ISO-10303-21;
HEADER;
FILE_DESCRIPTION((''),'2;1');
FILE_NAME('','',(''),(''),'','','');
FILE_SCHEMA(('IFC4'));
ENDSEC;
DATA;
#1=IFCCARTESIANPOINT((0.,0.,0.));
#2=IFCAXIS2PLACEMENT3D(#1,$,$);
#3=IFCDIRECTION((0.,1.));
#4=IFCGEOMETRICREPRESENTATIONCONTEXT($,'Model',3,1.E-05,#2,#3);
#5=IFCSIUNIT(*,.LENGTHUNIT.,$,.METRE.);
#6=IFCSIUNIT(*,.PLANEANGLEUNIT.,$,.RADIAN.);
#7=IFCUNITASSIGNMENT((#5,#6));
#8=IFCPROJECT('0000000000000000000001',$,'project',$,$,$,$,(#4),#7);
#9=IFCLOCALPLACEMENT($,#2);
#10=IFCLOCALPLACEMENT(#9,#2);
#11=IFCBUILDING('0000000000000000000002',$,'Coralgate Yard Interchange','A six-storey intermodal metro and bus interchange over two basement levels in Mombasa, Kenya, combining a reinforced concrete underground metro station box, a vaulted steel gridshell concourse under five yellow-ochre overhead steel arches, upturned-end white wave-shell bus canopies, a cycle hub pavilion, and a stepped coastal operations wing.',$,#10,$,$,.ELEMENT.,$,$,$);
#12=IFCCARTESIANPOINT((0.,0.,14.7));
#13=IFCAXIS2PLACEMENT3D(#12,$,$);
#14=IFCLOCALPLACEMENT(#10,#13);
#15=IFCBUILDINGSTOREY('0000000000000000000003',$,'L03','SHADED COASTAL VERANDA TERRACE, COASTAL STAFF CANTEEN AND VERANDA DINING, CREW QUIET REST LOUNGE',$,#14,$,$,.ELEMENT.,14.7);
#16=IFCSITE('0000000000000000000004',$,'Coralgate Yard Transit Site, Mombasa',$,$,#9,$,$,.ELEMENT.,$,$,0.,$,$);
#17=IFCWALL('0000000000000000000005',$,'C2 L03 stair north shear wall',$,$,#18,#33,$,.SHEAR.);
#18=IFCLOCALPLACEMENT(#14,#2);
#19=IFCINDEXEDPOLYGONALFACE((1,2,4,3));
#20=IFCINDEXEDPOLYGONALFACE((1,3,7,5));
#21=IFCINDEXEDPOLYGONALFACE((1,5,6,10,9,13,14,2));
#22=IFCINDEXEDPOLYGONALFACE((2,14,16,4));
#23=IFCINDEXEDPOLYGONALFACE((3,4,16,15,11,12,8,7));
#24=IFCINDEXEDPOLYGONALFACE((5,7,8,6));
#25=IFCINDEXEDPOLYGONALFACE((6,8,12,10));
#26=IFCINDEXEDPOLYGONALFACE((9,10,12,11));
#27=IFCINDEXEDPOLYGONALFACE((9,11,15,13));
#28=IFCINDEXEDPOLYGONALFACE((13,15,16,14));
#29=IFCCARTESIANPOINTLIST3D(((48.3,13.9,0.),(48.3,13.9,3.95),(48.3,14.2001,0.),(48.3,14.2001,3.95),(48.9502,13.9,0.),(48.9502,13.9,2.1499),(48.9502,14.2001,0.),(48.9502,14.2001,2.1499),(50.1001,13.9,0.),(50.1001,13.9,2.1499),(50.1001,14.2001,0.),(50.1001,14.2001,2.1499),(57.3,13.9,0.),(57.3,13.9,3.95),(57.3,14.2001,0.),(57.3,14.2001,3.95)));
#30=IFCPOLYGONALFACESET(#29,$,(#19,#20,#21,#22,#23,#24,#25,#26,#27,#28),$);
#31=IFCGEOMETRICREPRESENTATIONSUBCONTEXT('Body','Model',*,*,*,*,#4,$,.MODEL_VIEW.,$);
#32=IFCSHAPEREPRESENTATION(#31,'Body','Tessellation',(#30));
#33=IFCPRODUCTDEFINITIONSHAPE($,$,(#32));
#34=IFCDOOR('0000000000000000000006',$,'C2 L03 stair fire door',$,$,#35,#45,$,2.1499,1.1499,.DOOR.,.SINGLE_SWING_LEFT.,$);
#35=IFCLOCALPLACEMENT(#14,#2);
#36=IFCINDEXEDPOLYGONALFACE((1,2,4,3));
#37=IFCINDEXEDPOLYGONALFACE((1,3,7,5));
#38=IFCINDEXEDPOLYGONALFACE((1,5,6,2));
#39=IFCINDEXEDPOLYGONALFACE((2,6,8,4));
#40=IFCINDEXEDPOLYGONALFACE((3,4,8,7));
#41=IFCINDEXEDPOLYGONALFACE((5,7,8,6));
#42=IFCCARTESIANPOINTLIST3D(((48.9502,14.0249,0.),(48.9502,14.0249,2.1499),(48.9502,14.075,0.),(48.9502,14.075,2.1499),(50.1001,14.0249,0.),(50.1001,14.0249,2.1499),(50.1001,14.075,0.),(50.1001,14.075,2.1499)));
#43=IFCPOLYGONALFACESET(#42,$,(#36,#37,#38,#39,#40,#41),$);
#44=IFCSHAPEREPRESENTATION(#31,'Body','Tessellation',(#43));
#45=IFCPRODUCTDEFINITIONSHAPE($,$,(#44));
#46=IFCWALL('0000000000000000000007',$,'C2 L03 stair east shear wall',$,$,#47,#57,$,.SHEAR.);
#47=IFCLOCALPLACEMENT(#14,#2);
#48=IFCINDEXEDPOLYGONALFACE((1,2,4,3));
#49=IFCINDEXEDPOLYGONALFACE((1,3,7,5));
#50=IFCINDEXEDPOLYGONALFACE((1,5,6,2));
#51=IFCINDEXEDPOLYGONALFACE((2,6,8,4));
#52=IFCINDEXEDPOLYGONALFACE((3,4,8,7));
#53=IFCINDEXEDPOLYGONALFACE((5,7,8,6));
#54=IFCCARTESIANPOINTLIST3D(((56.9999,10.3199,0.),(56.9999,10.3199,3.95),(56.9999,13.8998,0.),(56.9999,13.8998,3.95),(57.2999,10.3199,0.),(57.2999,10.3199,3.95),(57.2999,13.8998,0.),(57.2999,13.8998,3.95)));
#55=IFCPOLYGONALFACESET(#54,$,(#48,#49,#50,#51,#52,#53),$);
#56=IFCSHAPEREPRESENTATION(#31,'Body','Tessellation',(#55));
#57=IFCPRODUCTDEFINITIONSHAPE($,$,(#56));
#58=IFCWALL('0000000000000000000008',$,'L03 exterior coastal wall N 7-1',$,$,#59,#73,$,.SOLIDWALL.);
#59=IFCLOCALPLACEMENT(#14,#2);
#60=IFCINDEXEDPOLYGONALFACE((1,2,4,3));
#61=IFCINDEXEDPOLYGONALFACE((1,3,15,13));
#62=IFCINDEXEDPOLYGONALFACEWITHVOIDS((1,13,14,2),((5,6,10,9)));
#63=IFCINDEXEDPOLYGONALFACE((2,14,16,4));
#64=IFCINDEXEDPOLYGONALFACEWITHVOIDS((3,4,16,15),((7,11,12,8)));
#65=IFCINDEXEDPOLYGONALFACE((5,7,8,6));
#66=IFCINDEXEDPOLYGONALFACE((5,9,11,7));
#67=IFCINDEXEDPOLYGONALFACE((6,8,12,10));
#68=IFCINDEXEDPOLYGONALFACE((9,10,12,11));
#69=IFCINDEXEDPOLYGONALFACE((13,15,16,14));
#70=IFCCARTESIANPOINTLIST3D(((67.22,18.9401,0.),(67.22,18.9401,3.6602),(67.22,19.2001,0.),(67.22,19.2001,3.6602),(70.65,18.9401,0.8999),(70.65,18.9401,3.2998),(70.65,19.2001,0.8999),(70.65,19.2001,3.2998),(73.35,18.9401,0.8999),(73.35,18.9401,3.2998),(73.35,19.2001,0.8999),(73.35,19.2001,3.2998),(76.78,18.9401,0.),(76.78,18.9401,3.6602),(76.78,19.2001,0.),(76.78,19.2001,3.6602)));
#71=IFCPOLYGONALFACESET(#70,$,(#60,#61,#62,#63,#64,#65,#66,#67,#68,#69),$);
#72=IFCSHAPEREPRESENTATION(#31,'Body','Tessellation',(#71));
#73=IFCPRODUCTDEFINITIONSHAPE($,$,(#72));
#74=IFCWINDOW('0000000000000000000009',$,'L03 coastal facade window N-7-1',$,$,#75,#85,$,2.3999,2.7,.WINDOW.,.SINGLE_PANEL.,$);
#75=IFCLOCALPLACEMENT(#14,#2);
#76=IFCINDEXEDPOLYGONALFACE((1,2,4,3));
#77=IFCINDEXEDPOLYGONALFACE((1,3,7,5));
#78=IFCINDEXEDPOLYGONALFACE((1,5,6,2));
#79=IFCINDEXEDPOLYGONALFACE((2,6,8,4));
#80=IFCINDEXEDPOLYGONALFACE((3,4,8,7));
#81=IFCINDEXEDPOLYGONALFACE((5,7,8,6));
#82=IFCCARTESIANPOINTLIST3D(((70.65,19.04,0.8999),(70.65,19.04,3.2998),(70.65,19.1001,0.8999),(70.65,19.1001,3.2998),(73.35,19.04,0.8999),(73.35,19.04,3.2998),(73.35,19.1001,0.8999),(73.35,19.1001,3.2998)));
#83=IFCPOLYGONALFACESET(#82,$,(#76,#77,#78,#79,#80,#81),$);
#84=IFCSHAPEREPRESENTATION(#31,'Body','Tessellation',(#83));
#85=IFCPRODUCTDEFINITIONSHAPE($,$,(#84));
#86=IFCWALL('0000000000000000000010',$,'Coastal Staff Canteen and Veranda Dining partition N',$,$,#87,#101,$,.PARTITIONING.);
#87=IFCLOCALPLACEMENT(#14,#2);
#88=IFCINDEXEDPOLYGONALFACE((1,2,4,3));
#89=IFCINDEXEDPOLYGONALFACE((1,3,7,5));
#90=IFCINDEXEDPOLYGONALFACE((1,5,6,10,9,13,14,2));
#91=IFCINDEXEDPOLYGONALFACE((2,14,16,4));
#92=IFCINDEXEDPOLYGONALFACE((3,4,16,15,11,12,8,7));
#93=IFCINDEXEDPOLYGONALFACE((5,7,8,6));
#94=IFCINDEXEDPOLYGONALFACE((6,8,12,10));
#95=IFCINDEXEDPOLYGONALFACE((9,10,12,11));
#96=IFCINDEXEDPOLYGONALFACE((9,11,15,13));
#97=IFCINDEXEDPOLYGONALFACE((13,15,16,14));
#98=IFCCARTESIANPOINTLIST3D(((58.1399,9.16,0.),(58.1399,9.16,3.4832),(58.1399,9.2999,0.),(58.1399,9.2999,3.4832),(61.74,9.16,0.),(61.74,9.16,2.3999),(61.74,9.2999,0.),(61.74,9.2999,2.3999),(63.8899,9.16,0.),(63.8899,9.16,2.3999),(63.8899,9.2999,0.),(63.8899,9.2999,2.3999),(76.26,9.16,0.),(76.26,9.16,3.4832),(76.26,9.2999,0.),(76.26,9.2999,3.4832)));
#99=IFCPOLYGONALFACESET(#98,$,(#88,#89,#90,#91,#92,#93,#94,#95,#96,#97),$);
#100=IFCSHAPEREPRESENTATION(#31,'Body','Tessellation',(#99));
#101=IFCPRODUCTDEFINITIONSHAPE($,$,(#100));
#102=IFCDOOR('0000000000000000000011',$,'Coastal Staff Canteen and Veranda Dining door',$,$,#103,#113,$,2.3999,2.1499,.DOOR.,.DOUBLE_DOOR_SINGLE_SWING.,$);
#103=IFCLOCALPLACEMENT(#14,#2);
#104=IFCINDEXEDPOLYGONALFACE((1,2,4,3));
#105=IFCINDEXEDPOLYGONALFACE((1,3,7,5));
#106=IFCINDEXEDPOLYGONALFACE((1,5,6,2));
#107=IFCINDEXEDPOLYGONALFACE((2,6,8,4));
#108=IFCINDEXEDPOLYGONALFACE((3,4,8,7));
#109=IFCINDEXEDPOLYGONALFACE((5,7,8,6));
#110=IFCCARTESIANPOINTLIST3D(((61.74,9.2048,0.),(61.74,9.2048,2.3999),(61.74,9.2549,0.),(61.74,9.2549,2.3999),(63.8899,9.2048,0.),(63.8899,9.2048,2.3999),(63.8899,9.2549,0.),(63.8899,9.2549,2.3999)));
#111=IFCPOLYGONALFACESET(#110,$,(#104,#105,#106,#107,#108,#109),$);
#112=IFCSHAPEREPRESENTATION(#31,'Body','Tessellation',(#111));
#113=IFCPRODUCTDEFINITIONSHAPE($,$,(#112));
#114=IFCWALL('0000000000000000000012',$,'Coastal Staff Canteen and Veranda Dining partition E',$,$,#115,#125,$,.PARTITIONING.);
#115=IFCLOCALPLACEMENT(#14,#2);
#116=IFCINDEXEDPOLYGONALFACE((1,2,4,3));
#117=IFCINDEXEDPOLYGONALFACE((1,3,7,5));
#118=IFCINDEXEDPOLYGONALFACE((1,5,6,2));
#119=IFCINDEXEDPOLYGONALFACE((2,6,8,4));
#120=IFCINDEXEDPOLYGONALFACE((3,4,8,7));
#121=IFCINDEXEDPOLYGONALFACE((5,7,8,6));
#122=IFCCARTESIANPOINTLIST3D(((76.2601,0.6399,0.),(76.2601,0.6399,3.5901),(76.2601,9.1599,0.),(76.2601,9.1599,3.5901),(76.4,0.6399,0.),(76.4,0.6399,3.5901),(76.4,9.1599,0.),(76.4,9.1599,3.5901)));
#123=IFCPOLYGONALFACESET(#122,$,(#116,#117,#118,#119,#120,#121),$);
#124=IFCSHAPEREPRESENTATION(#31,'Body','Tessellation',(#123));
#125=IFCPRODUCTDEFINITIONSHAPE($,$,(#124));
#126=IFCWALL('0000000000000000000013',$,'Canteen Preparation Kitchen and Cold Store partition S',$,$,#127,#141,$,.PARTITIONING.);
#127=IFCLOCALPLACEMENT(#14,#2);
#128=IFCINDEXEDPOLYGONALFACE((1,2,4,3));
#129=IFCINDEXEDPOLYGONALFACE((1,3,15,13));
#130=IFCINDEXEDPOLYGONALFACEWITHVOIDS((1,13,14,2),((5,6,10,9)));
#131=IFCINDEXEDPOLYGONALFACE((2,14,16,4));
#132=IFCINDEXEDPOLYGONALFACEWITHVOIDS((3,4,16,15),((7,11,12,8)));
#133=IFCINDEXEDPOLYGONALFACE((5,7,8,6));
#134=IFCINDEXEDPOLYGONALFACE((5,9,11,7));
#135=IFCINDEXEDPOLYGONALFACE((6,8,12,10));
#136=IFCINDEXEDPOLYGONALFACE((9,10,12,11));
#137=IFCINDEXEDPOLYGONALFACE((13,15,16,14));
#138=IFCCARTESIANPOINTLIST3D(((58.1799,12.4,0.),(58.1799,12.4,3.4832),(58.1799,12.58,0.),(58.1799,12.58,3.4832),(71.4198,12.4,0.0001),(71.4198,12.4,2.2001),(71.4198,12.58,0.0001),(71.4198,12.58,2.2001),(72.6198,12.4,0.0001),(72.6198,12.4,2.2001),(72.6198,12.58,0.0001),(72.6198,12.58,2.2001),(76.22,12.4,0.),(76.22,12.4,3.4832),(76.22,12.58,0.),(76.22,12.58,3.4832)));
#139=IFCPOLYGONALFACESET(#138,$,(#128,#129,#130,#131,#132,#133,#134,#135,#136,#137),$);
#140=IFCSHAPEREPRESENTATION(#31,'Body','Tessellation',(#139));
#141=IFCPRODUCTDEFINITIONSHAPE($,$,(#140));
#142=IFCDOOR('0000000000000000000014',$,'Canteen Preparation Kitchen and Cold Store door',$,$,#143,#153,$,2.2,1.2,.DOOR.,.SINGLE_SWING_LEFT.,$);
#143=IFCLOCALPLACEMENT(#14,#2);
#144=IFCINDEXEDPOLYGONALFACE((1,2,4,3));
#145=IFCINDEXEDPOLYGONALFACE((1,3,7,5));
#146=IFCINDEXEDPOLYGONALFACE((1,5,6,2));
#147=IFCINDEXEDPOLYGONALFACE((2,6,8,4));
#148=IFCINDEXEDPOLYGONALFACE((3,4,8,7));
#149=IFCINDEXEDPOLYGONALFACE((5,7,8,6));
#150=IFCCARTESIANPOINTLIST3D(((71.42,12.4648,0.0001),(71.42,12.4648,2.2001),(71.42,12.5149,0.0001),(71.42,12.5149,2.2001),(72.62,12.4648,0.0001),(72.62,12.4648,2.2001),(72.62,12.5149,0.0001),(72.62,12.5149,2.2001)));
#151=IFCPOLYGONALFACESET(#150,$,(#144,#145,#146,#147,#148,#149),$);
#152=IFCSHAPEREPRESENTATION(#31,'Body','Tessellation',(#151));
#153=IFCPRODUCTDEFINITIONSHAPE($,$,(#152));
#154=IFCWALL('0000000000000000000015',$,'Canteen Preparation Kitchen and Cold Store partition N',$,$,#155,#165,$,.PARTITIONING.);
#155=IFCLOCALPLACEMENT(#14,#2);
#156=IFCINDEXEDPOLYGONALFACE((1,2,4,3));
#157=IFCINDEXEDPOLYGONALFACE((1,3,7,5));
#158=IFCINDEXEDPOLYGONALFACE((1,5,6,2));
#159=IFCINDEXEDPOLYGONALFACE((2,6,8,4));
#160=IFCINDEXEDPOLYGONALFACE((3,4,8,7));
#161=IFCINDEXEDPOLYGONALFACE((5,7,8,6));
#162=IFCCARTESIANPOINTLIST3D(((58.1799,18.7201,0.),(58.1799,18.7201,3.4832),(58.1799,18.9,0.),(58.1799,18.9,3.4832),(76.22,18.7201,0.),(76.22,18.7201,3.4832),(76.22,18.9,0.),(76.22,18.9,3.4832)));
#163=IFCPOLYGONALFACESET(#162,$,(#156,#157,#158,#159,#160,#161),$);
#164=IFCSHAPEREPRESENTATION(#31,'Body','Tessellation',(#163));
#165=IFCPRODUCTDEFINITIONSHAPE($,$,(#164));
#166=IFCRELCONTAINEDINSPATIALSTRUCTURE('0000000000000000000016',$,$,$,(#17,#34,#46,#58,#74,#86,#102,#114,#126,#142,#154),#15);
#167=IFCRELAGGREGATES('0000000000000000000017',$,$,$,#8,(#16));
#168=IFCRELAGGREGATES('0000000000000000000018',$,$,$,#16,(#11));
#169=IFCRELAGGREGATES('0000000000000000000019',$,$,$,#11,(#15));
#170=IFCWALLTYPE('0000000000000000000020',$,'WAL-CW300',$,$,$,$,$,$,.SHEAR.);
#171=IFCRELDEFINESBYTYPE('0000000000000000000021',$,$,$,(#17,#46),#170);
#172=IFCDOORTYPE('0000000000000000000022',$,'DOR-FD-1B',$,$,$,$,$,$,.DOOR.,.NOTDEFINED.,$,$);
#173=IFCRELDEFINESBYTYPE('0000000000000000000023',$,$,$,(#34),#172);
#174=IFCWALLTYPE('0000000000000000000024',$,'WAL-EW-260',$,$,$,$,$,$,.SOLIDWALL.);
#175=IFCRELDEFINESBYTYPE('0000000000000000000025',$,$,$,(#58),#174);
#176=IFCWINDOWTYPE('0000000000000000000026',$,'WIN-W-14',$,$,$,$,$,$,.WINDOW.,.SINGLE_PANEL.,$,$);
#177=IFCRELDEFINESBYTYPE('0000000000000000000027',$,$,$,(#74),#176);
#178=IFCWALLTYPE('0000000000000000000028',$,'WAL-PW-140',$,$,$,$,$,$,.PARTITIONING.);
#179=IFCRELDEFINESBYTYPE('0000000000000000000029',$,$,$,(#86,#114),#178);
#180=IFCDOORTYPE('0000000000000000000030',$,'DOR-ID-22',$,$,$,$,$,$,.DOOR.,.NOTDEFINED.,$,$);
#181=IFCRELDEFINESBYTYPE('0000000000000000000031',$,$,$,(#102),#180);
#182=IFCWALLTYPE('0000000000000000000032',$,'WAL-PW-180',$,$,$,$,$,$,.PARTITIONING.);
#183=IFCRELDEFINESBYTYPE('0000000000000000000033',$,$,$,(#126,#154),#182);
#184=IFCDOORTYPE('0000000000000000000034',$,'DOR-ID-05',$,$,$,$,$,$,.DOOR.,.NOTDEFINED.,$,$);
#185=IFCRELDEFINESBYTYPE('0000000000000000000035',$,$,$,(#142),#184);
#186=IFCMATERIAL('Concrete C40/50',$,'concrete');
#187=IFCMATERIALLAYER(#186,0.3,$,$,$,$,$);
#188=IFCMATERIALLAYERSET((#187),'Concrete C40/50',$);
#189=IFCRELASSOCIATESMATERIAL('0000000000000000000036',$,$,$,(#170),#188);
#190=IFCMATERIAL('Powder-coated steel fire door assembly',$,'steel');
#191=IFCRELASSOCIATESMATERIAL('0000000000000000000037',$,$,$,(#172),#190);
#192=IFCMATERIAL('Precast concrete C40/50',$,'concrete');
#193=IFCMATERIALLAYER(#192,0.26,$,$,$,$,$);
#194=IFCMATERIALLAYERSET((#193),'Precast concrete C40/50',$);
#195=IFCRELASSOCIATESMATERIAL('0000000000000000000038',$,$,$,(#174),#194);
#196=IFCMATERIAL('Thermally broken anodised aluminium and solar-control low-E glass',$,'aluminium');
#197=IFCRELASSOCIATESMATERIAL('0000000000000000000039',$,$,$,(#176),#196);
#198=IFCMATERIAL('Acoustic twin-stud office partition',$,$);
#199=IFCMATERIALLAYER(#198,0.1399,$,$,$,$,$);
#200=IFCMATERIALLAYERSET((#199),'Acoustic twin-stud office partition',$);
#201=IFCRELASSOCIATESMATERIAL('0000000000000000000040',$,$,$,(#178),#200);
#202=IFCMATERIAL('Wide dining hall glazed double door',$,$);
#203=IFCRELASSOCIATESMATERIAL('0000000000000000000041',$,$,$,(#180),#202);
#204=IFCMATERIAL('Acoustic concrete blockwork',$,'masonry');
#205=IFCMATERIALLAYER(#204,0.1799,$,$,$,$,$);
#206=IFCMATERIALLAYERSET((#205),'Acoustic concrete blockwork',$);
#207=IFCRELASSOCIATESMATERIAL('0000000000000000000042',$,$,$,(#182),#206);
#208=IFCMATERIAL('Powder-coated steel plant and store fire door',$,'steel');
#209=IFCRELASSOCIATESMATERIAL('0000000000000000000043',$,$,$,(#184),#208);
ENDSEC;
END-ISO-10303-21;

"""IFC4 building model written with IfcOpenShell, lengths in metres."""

from ifc_helpers import new_model, si_unit, direction, frame, frame_2d, origin, place, context, subcontext, project, spatial, rectangle, extrude, material, layer, layer_set, type_object, element, fill, save


model = new_model("IFC4")

# Units and contexts
model_context = context("Model", 3, precision=1e-05, world=origin(), true_north=direction((0.0, 1.0)))
body_context = subcontext(model_context, "Body", "Model", "MODEL_VIEW")
ifc_project = project(units=[si_unit("LENGTHUNIT", "METRE"), si_unit("PLANEANGLEUNIT", "RADIAN")], contexts=[model_context])

# Site, building, storey
site_placement = place(None, origin())
site = spatial("IfcSite", under=ifc_project, at=site_placement, Name="Coralgate Yard Transit Site, Mombasa", CompositionType="ELEMENT", RefElevation=0.0)
building_placement = place(site_placement, origin())
building = spatial("IfcBuilding", under=site, at=building_placement, Name="Coralgate Yard Interchange", Description="A six-storey intermodal metro and bus interchange over two basement levels in Mombasa, Kenya, combining a reinforced concrete underground metro station box, a vaulted steel gridshell concourse under five yellow-ochre overhead steel arches, upturned-end white wave-shell bus canopies, a cycle hub pavilion, and a stepped coastal operations wing.", CompositionType="ELEMENT")
storey_placement = place(building_placement, frame((0.0, 0.0, 14.7)))
storey = spatial("IfcBuildingStorey", under=building, at=storey_placement, Name="L03", Description="SHADED COASTAL VERANDA TERRACE, COASTAL STAFF CANTEEN AND VERANDA DINING, CREW QUIET REST LOUNGE", CompositionType="ELEMENT", Elevation=14.7)

# Wall, opening, door
ifc_material_1 = material(Name="Concrete C40/50", Category="concrete")
ifc_layer_1 = layer(ifc_material_1, 0.3)
ifc_layer_set_1 = layer_set([ifc_layer_1], Name="Concrete C40/50")
wall_type_1 = type_object("IfcWallType", Name="WAL-CW300", PredefinedType="SHEAR", material=ifc_layer_set_1)
wall_1_placement = place(storey_placement, frame((57.3, 14.05, 0.0), z_axis=(0.0, 0.0, 1.0), x_axis=(-1.0, 0.0, 0.0)))
wall_1 = element("IfcWall", 1, at=wall_1_placement, inside=storey, type_object=wall_type_1, Name="C2 L03 stair north shear wall", PredefinedType="SHEAR", context=body_context, shape_type="SweptSolid", body=[
    extrude(rectangle(XDim=9.0, YDim=0.3, at=frame_2d((4.5, 0.0))), origin(), (0.0, 0.0, 1.0), 3.95),
])
opening_1_placement = place(wall_1_placement, frame((7.2, 0.0, 0.0)))
opening_1 = element("IfcOpeningElement", 2, at=opening_1_placement, cuts=wall_1, PredefinedType="OPENING", context=body_context, shape_type="SweptSolid", body=[
    extrude(rectangle(XDim=1.1499, YDim=2.1499, at=frame_2d((0.575, 1.075))), frame((0.0, 0.1599, 0.0), z_axis=(0.0, -1.0, 0.0), x_axis=(1.0, 0.0, 0.0)), (0.0, 0.0, 1.0), 0.3201),
])
ifc_material_2 = material(Name="Powder-coated steel fire door assembly", Category="steel")
door_type_1 = type_object("IfcDoorType", Name="DOR-FD-1B", OperationType="NOTDEFINED", PredefinedType="DOOR", material=ifc_material_2)
door_1_placement = place(opening_1_placement, frame((1.1499, 0.0, 0.0), z_axis=(0.0, 0.0, 1.0), x_axis=(-1.0, 0.0, 0.0)))
door_1 = element("IfcDoor", 3, at=door_1_placement, inside=storey, type_object=door_type_1, Name="C2 L03 stair fire door", OperationType="SINGLE_SWING_LEFT", OverallHeight=2.1499, OverallWidth=1.1499, PredefinedType="DOOR", context=body_context, shape_type="SweptSolid", body=[
    extrude(rectangle(XDim=1.1499, YDim=2.1499, at=frame_2d((0.575, 1.075))), frame((0.0, 0.0249, 0.0), z_axis=(0.0, -1.0, 0.0), x_axis=(1.0, 0.0, 0.0)), (0.0, 0.0, 1.0), 0.05),
])
fill(opening_1, door_1)

# Wall
wall_2_placement = place(storey_placement, frame((57.1499, 13.8999, 0.0), z_axis=(0.0, 0.0, 1.0), x_axis=(0.0, -1.0, 0.0)))
element("IfcWall", 4, at=wall_2_placement, inside=storey, type_object=wall_type_1, Name="C2 L03 stair east shear wall", PredefinedType="SHEAR", context=body_context, shape_type="SweptSolid", body=[
    extrude(rectangle(XDim=3.5798, YDim=0.3, at=frame_2d((1.79, 0.0))), origin(), (0.0, 0.0, 1.0), 3.95),
])

# Wall, opening, window
ifc_material_3 = material(Name="Precast concrete C40/50", Category="concrete")
ifc_layer_2 = layer(ifc_material_3, 0.26)
ifc_layer_set_2 = layer_set([ifc_layer_2], Name="Precast concrete C40/50")
wall_type_2 = type_object("IfcWallType", Name="WAL-EW-260", PredefinedType="SOLIDWALL", material=ifc_layer_set_2)
wall_3_placement = place(storey_placement, frame((67.22, 19.0701, 0.0), z_axis=(0.0, 0.0, 1.0), x_axis=(1.0, 0.0, 0.0)))
wall_3 = element("IfcWall", 5, at=wall_3_placement, inside=storey, type_object=wall_type_2, Name="L03 exterior coastal wall N 7-1", PredefinedType="SOLIDWALL", context=body_context, shape_type="SweptSolid", body=[
    extrude(rectangle(XDim=9.5601, YDim=0.26, at=frame_2d((4.78, 0.0))), origin(), (0.0, 0.0, 1.0), 3.6602),
])
opening_2_placement = place(wall_3_placement, frame((3.4299, 0.0, 0.8999)))
opening_2 = element("IfcOpeningElement", 6, at=opening_2_placement, cuts=wall_3, PredefinedType="OPENING", context=body_context, shape_type="SweptSolid", body=[
    extrude(rectangle(XDim=2.7, YDim=2.3999, at=frame_2d((1.3501, 1.2))), frame((0.0, 0.1399, 0.0), z_axis=(0.0, -1.0, 0.0), x_axis=(1.0, 0.0, 0.0)), (0.0, 0.0, 1.0), 0.28),
])
ifc_material_4 = material(Name="Thermally broken anodised aluminium and solar-control low-E glass", Category="aluminium")
window_type = type_object("IfcWindowType", Name="WIN-W-14", PartitioningType="SINGLE_PANEL", PredefinedType="WINDOW", material=ifc_material_4)
window_placement = place(opening_2_placement, origin())
window = element("IfcWindow", 7, at=window_placement, inside=storey, type_object=window_type, Name="L03 coastal facade window N-7-1", OverallHeight=2.3999, OverallWidth=2.7, PartitioningType="SINGLE_PANEL", PredefinedType="WINDOW", context=body_context, shape_type="SweptSolid", body=[
    extrude(rectangle(XDim=2.7, YDim=2.3999, at=frame_2d((1.3501, 1.2))), frame((0.0, 0.03, 0.0), z_axis=(0.0, -1.0, 0.0), x_axis=(1.0, 0.0, 0.0)), (0.0, 0.0, 1.0), 0.0601),
])
fill(opening_2, window)

# Wall, opening, door
ifc_material_5 = material(Name="Acoustic twin-stud office partition")
ifc_layer_3 = layer(ifc_material_5, 0.1399)
ifc_layer_set_3 = layer_set([ifc_layer_3], Name="Acoustic twin-stud office partition")
wall_type_3 = type_object("IfcWallType", Name="WAL-PW-140", PredefinedType="PARTITIONING", material=ifc_layer_set_3)
wall_4_placement = place(storey_placement, frame((58.1399, 9.23, 0.0), z_axis=(0.0, 0.0, 1.0), x_axis=(1.0, 0.0, 0.0)))
wall_4 = element("IfcWall", 8, at=wall_4_placement, inside=storey, type_object=wall_type_3, Name="Coastal Staff Canteen and Veranda Dining partition N", PredefinedType="PARTITIONING", context=body_context, shape_type="SweptSolid", body=[
    extrude(rectangle(XDim=18.1201, YDim=0.1399, at=frame_2d((9.0601, 0.0))), origin(), (0.0, 0.0, 1.0), 3.4832),
])
opening_3_placement = place(wall_4_placement, frame((3.6001, 0.0, 0.0)))
opening_3 = element("IfcOpeningElement", 9, at=opening_3_placement, cuts=wall_4, PredefinedType="OPENING", context=body_context, shape_type="SweptSolid", body=[
    extrude(rectangle(XDim=2.1499, YDim=2.3999, at=frame_2d((1.075, 1.2))), frame((0.0, 0.0798, 0.0), z_axis=(0.0, -1.0, 0.0), x_axis=(1.0, 0.0, 0.0)), (0.0, 0.0, 1.0), 0.1599),
])
ifc_material_6 = material(Name="Wide dining hall glazed double door")
door_type_2 = type_object("IfcDoorType", Name="DOR-ID-22", OperationType="NOTDEFINED", PredefinedType="DOOR", material=ifc_material_6)
door_2_placement = place(opening_3_placement, origin())
door_2 = element("IfcDoor", 10, at=door_2_placement, inside=storey, type_object=door_type_2, Name="Coastal Staff Canteen and Veranda Dining door", OperationType="DOUBLE_DOOR_SINGLE_SWING", OverallHeight=2.3999, OverallWidth=2.1499, PredefinedType="DOOR", context=body_context, shape_type="SweptSolid", body=[
    extrude(rectangle(XDim=2.1499, YDim=2.3999, at=frame_2d((1.075, 1.2))), frame((0.0, 0.0249, 0.0), z_axis=(0.0, -1.0, 0.0), x_axis=(1.0, 0.0, 0.0)), (0.0, 0.0, 1.0), 0.05),
])
fill(opening_3, door_2)

# Wall
wall_5_placement = place(storey_placement, frame((76.3301, 9.1599, 0.0), z_axis=(0.0, 0.0, 1.0), x_axis=(0.0, -1.0, 0.0)))
element("IfcWall", 11, at=wall_5_placement, inside=storey, type_object=wall_type_3, Name="Coastal Staff Canteen and Veranda Dining partition E", PredefinedType="PARTITIONING", context=body_context, shape_type="SweptSolid", body=[
    extrude(rectangle(XDim=8.52, YDim=0.1399, at=frame_2d((4.26, 0.0))), origin(), (0.0, 0.0, 1.0), 3.5901),
])

# Wall, opening, door
ifc_material_7 = material(Name="Acoustic concrete blockwork", Category="masonry")
ifc_layer_4 = layer(ifc_material_7, 0.1799)
ifc_layer_set_4 = layer_set([ifc_layer_4], Name="Acoustic concrete blockwork")
wall_type_4 = type_object("IfcWallType", Name="WAL-PW-180", PredefinedType="PARTITIONING", material=ifc_layer_set_4)
wall_6_placement = place(storey_placement, frame((76.22, 12.49, 0.0), z_axis=(0.0, 0.0, 1.0), x_axis=(-1.0, 0.0, 0.0)))
wall_6 = element("IfcWall", 12, at=wall_6_placement, inside=storey, type_object=wall_type_4, Name="Canteen Preparation Kitchen and Cold Store partition S", PredefinedType="PARTITIONING", context=body_context, shape_type="SweptSolid", body=[
    extrude(rectangle(XDim=18.04, YDim=0.1799, at=frame_2d((9.02, 0.0))), origin(), (0.0, 0.0, 1.0), 3.4832),
])
opening_4_placement = place(wall_6_placement, frame((3.6001, 0.0, 0.0)))
opening_4 = element("IfcOpeningElement", 13, at=opening_4_placement, cuts=wall_6, PredefinedType="OPENING", context=body_context, shape_type="SweptSolid", body=[
    extrude(rectangle(XDim=1.2, YDim=2.2, at=frame_2d((0.6001, 1.1001))), frame((0.0, 0.0999, 0.0), z_axis=(0.0, -1.0, 0.0), x_axis=(1.0, 0.0, 0.0)), (0.0, 0.0, 1.0), 0.2),
])
ifc_material_8 = material(Name="Powder-coated steel plant and store fire door", Category="steel")
door_type_3 = type_object("IfcDoorType", Name="DOR-ID-05", OperationType="NOTDEFINED", PredefinedType="DOOR", material=ifc_material_8)
door_3_placement = place(opening_4_placement, frame((1.2, 0.0, 0.0), z_axis=(0.0, 0.0, 1.0), x_axis=(-1.0, 0.0, 0.0)))
door_3 = element("IfcDoor", 14, at=door_3_placement, inside=storey, type_object=door_type_3, Name="Canteen Preparation Kitchen and Cold Store door", OperationType="SINGLE_SWING_LEFT", OverallHeight=2.2, OverallWidth=1.2, PredefinedType="DOOR", context=body_context, shape_type="SweptSolid", body=[
    extrude(rectangle(XDim=1.2, YDim=2.2, at=frame_2d((0.6001, 1.1001))), frame((0.0, 0.0249, 0.0), z_axis=(0.0, -1.0, 0.0), x_axis=(1.0, 0.0, 0.0)), (0.0, 0.0, 1.0), 0.05),
])
fill(opening_4, door_3)

# Wall
wall_7_placement = place(storey_placement, frame((58.1799, 18.8101, 0.0), z_axis=(0.0, 0.0, 1.0), x_axis=(1.0, 0.0, 0.0)))
element("IfcWall", 15, at=wall_7_placement, inside=storey, type_object=wall_type_4, Name="Canteen Preparation Kitchen and Cold Store partition N", PredefinedType="PARTITIONING", context=body_context, shape_type="SweptSolid", body=[
    extrude(rectangle(XDim=18.04, YDim=0.1799, at=frame_2d((9.02, 0.0))), origin(), (0.0, 0.0, 1.0), 3.4832),
])

save(model, "model.ifc")
